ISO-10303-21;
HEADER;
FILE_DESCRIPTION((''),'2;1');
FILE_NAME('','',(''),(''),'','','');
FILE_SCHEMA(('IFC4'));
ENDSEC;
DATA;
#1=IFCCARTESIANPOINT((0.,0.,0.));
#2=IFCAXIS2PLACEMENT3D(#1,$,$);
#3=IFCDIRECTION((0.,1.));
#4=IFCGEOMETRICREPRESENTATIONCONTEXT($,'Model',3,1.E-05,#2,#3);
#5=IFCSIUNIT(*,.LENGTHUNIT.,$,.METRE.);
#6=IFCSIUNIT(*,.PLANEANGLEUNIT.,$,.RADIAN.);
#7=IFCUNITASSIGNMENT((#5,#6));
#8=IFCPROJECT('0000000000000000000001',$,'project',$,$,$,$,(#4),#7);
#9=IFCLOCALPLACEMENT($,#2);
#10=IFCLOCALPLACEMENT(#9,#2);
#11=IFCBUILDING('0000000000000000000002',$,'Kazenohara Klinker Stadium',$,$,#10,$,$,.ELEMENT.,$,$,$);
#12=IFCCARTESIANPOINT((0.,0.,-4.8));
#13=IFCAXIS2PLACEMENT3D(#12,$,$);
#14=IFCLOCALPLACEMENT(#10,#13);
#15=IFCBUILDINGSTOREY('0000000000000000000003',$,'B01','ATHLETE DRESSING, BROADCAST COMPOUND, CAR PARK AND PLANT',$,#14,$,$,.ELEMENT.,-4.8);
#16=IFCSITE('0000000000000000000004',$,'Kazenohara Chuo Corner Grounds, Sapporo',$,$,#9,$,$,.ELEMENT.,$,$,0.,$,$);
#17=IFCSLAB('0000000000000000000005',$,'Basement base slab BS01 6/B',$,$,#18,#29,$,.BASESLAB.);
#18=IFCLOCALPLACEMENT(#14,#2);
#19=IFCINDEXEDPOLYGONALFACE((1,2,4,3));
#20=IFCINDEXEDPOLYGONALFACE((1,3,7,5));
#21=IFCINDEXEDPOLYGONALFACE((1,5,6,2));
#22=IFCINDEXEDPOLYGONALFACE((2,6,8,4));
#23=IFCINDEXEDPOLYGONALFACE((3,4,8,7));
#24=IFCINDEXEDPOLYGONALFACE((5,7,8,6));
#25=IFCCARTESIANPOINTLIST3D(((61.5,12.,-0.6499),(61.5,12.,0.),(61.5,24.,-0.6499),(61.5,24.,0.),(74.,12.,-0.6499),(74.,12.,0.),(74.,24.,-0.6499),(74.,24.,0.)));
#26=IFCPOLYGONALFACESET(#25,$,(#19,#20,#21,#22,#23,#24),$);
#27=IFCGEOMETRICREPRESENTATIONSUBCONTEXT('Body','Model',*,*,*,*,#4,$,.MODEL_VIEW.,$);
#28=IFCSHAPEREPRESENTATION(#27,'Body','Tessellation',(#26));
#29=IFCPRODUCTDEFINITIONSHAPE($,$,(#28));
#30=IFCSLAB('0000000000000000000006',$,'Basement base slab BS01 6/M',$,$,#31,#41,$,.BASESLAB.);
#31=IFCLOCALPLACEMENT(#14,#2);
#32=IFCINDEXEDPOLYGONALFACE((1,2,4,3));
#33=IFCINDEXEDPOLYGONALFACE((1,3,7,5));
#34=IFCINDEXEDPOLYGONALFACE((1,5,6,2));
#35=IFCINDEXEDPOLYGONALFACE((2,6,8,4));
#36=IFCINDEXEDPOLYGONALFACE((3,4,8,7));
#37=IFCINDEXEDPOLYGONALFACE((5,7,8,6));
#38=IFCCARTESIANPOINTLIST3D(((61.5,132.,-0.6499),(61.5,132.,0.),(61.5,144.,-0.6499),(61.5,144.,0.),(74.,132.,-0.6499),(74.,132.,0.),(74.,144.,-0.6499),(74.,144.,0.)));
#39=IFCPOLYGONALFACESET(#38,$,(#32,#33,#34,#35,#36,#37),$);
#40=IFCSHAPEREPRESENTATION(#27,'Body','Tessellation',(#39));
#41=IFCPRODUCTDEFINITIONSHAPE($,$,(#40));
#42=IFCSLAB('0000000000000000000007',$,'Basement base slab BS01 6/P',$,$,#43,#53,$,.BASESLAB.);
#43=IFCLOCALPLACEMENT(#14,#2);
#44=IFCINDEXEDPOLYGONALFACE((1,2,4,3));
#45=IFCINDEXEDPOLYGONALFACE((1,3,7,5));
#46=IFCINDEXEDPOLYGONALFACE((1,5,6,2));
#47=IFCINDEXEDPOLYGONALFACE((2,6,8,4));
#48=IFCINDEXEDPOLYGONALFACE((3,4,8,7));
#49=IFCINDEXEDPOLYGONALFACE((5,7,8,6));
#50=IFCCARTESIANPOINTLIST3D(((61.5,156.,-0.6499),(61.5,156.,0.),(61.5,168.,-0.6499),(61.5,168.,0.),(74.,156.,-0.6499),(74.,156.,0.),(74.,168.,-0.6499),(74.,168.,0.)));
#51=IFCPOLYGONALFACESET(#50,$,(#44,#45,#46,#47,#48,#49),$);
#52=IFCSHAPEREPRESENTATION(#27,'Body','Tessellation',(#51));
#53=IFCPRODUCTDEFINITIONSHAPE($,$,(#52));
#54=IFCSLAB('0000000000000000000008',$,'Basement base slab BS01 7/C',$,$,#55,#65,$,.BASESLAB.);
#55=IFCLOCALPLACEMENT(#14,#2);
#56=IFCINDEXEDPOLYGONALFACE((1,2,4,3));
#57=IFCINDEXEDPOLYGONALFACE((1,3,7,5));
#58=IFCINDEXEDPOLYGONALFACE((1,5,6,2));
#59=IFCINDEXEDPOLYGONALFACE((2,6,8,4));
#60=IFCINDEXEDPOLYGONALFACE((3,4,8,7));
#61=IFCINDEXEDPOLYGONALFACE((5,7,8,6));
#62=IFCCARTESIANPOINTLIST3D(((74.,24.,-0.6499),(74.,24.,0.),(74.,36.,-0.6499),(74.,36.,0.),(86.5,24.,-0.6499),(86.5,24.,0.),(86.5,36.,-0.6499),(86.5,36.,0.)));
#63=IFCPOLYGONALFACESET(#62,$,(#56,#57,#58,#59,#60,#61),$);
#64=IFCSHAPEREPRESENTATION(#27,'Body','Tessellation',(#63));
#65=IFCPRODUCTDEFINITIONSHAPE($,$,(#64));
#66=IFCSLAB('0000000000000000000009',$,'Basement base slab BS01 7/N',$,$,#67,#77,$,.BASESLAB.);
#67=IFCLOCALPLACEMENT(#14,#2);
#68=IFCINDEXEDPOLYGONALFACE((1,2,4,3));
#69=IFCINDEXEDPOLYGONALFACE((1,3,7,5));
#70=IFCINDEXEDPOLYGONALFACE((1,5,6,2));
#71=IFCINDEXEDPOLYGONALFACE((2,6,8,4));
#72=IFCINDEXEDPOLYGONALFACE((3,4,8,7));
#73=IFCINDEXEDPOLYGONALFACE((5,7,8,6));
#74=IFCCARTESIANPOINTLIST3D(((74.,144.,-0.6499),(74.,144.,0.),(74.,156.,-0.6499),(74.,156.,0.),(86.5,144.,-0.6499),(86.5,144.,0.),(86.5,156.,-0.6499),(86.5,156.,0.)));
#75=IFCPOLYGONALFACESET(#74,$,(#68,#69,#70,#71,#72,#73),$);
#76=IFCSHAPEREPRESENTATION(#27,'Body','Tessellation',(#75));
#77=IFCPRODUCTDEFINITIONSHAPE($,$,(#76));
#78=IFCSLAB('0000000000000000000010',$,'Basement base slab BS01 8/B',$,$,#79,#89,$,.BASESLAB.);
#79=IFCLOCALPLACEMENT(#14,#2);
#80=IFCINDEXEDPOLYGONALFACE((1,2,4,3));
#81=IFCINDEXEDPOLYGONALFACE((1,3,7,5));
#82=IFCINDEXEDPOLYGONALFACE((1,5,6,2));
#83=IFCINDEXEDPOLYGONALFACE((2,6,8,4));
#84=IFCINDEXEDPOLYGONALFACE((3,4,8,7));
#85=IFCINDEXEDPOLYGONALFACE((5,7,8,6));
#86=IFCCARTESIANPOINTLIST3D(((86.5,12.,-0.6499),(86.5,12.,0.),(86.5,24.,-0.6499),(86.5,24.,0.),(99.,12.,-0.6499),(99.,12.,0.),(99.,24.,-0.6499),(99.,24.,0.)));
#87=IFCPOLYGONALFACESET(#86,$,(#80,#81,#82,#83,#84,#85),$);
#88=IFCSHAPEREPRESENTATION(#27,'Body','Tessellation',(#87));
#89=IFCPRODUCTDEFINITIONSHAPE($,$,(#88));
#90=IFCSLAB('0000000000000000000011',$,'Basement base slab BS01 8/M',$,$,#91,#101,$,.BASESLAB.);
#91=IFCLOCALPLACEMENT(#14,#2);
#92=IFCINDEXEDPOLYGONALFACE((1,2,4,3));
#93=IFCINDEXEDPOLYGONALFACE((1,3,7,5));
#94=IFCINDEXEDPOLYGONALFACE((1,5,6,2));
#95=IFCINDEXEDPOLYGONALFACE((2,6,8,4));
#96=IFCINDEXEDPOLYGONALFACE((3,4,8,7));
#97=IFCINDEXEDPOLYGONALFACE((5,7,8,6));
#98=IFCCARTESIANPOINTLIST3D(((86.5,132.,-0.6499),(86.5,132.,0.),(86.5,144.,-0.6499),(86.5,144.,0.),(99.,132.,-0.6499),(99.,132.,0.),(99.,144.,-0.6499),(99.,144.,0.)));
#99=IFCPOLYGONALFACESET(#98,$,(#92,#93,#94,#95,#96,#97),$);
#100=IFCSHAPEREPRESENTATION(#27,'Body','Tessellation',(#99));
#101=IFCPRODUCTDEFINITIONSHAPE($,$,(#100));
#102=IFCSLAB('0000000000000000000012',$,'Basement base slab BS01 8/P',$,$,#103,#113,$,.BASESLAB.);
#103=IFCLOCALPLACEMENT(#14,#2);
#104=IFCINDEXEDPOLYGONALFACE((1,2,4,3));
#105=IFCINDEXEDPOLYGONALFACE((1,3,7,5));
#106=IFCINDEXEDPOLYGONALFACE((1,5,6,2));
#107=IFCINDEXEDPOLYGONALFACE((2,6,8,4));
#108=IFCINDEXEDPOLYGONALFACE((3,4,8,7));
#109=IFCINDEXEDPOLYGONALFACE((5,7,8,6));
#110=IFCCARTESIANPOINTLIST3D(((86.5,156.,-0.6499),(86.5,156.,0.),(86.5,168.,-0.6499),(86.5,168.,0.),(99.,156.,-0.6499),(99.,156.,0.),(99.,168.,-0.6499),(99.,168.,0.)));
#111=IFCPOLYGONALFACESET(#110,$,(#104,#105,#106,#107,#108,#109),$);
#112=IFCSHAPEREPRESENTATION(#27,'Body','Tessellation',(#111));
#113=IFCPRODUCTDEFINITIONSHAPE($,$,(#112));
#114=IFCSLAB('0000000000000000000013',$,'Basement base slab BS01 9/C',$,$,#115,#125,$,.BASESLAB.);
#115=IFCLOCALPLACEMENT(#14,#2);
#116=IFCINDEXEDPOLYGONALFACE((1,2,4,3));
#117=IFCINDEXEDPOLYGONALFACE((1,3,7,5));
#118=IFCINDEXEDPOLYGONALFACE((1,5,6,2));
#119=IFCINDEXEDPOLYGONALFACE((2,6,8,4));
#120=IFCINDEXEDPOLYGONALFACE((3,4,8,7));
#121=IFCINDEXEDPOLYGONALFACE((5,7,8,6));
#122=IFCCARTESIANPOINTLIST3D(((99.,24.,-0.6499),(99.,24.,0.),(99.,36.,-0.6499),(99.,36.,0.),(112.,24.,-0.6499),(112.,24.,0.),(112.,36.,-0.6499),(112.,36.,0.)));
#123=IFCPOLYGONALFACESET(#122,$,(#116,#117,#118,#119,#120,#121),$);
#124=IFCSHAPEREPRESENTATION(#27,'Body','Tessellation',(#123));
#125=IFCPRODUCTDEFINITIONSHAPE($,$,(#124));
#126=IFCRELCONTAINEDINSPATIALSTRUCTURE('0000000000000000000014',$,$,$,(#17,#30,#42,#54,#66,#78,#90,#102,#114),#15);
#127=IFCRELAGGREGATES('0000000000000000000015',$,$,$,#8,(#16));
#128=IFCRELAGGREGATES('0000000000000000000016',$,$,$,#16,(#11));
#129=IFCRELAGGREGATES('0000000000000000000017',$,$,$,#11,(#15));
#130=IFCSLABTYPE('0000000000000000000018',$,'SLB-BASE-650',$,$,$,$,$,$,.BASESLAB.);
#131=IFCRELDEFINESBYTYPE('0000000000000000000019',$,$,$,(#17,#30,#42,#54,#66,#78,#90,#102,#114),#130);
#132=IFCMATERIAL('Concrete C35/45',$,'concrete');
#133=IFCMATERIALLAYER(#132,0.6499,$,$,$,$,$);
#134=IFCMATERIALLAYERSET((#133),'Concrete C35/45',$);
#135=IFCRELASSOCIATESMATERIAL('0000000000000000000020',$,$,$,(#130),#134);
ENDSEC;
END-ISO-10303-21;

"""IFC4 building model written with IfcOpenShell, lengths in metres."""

from ifc_helpers import new_model, si_unit, direction, frame, origin, place, context, subcontext, project, spatial, polyline, outline, extrude, material, layer, layer_set, type_object, element, save


model = new_model("IFC4")

# Units and contexts
model_context = context("Model", 3, precision=1e-05, world=origin(), true_north=direction((0.0, 1.0)))
body_context = subcontext(model_context, "Body", "Model", "MODEL_VIEW")
ifc_project = project(units=[si_unit("LENGTHUNIT", "METRE"), si_unit("PLANEANGLEUNIT", "RADIAN")], contexts=[model_context])

# Site, building, storey
site_placement = place(None, origin())
site = spatial("IfcSite", under=ifc_project, at=site_placement, Name="Kazenohara Chuo Corner Grounds, Sapporo", CompositionType="ELEMENT", RefElevation=0.0)
building_placement = place(site_placement, origin())
building = spatial("IfcBuilding", under=site, at=building_placement, Name="Kazenohara Klinker Stadium", CompositionType="ELEMENT")
storey_placement = place(building_placement, frame((0.0, 0.0, -4.8)))
storey = spatial("IfcBuildingStorey", under=building, at=storey_placement, Name="B01", Description="ATHLETE DRESSING, BROADCAST COMPOUND, CAR PARK AND PLANT", CompositionType="ELEMENT", Elevation=-4.8)

# Slabs
ifc_material = material(Name="Concrete C35/45", Category="concrete")
ifc_layer_1 = layer(ifc_material, 0.6499)
ifc_layer_set_1 = layer_set([ifc_layer_1], Name="Concrete C35/45")
slab_type_1 = type_object("IfcSlabType", Name="SLB-BASE-650", PredefinedType="BASESLAB", material=ifc_layer_set_1)
slab_1_placement = place(storey_placement, frame((0.0, 0.0, -0.6499)))
element("IfcSlab", 1, at=slab_1_placement, inside=storey, type_object=slab_type_1, Name="Basement base slab BS01 6/B", PredefinedType="BASESLAB", context=body_context, shape_type="SweptSolid", body=[
    extrude(outline(polyline([(61.5, 12.0), (74.0, 12.0), (74.0, 24.0), (61.5, 24.0), (61.5, 12.0)])), origin(), (0.0, 0.0, 1.0), 0.6499),
])
slab_2_placement = place(storey_placement, frame((0.0, 0.0, -0.6499)))
element("IfcSlab", 2, at=slab_2_placement, inside=storey, type_object=slab_type_1, Name="Basement base slab BS01 6/M", PredefinedType="BASESLAB", context=body_context, shape_type="SweptSolid", body=[
    extrude(outline(polyline([(61.5, 132.0), (74.0, 132.0), (74.0, 144.0), (61.5, 144.0), (61.5, 132.0)])), origin(), (0.0, 0.0, 1.0), 0.6499),
])
slab_3_placement = place(storey_placement, frame((0.0, 0.0, -0.6499)))
element("IfcSlab", 3, at=slab_3_placement, inside=storey, type_object=slab_type_1, Name="Basement base slab BS01 6/P", PredefinedType="BASESLAB", context=body_context, shape_type="SweptSolid", body=[
    extrude(outline(polyline([(61.5, 156.0), (74.0, 156.0), (74.0, 168.0), (61.5, 168.0), (61.5, 156.0)])), origin(), (0.0, 0.0, 1.0), 0.6499),
])
slab_4_placement = place(storey_placement, frame((0.0, 0.0, -0.6499)))
element("IfcSlab", 4, at=slab_4_placement, inside=storey, type_object=slab_type_1, Name="Basement base slab BS01 7/C", PredefinedType="BASESLAB", context=body_context, shape_type="SweptSolid", body=[
    extrude(outline(polyline([(74.0, 24.0), (86.5, 24.0), (86.5, 36.0), (74.0, 36.0), (74.0, 24.0)])), origin(), (0.0, 0.0, 1.0), 0.6499),
])
slab_5_placement = place(storey_placement, frame((0.0, 0.0, -0.6499)))
element("IfcSlab", 5, at=slab_5_placement, inside=storey, type_object=slab_type_1, Name="Basement base slab BS01 7/N", PredefinedType="BASESLAB", context=body_context, shape_type="SweptSolid", body=[
    extrude(outline(polyline([(74.0, 144.0), (86.5, 144.0), (86.5, 156.0), (74.0, 156.0), (74.0, 144.0)])), origin(), (0.0, 0.0, 1.0), 0.6499),
])
slab_6_placement = place(storey_placement, frame((0.0, 0.0, -0.6499)))
element("IfcSlab", 6, at=slab_6_placement, inside=storey, type_object=slab_type_1, Name="Basement base slab BS01 8/B", PredefinedType="BASESLAB", context=body_context, shape_type="SweptSolid", body=[
    extrude(outline(polyline([(86.5, 12.0), (99.0, 12.0), (99.0, 24.0), (86.5, 24.0), (86.5, 12.0)])), origin(), (0.0, 0.0, 1.0), 0.6499),
])
slab_7_placement = place(storey_placement, frame((0.0, 0.0, -0.6499)))
element("IfcSlab", 7, at=slab_7_placement, inside=storey, type_object=slab_type_1, Name="Basement base slab BS01 8/M", PredefinedType="BASESLAB", context=body_context, shape_type="SweptSolid", body=[
    extrude(outline(polyline([(86.5, 132.0), (99.0, 132.0), (99.0, 144.0), (86.5, 144.0), (86.5, 132.0)])), origin(), (0.0, 0.0, 1.0), 0.6499),
])
slab_8_placement = place(storey_placement, frame((0.0, 0.0, -0.6499)))
element("IfcSlab", 8, at=slab_8_placement, inside=storey, type_object=slab_type_1, Name="Basement base slab BS01 8/P", PredefinedType="BASESLAB", context=body_context, shape_type="SweptSolid", body=[
    extrude(outline(polyline([(86.5, 156.0), (99.0, 156.0), (99.0, 168.0), (86.5, 168.0), (86.5, 156.0)])), origin(), (0.0, 0.0, 1.0), 0.6499),
])
slab_9_placement = place(storey_placement, frame((0.0, 0.0, -0.6499)))
element("IfcSlab", 9, at=slab_9_placement, inside=storey, type_object=slab_type_1, Name="Basement base slab BS01 9/C", PredefinedType="BASESLAB", context=body_context, shape_type="SweptSolid", body=[
    extrude(outline(polyline([(99.0, 24.0), (112.0, 24.0), (112.0, 36.0), (99.0, 36.0), (99.0, 24.0)])), origin(), (0.0, 0.0, 1.0), 0.6499),
])

save(model, "model.ifc")
